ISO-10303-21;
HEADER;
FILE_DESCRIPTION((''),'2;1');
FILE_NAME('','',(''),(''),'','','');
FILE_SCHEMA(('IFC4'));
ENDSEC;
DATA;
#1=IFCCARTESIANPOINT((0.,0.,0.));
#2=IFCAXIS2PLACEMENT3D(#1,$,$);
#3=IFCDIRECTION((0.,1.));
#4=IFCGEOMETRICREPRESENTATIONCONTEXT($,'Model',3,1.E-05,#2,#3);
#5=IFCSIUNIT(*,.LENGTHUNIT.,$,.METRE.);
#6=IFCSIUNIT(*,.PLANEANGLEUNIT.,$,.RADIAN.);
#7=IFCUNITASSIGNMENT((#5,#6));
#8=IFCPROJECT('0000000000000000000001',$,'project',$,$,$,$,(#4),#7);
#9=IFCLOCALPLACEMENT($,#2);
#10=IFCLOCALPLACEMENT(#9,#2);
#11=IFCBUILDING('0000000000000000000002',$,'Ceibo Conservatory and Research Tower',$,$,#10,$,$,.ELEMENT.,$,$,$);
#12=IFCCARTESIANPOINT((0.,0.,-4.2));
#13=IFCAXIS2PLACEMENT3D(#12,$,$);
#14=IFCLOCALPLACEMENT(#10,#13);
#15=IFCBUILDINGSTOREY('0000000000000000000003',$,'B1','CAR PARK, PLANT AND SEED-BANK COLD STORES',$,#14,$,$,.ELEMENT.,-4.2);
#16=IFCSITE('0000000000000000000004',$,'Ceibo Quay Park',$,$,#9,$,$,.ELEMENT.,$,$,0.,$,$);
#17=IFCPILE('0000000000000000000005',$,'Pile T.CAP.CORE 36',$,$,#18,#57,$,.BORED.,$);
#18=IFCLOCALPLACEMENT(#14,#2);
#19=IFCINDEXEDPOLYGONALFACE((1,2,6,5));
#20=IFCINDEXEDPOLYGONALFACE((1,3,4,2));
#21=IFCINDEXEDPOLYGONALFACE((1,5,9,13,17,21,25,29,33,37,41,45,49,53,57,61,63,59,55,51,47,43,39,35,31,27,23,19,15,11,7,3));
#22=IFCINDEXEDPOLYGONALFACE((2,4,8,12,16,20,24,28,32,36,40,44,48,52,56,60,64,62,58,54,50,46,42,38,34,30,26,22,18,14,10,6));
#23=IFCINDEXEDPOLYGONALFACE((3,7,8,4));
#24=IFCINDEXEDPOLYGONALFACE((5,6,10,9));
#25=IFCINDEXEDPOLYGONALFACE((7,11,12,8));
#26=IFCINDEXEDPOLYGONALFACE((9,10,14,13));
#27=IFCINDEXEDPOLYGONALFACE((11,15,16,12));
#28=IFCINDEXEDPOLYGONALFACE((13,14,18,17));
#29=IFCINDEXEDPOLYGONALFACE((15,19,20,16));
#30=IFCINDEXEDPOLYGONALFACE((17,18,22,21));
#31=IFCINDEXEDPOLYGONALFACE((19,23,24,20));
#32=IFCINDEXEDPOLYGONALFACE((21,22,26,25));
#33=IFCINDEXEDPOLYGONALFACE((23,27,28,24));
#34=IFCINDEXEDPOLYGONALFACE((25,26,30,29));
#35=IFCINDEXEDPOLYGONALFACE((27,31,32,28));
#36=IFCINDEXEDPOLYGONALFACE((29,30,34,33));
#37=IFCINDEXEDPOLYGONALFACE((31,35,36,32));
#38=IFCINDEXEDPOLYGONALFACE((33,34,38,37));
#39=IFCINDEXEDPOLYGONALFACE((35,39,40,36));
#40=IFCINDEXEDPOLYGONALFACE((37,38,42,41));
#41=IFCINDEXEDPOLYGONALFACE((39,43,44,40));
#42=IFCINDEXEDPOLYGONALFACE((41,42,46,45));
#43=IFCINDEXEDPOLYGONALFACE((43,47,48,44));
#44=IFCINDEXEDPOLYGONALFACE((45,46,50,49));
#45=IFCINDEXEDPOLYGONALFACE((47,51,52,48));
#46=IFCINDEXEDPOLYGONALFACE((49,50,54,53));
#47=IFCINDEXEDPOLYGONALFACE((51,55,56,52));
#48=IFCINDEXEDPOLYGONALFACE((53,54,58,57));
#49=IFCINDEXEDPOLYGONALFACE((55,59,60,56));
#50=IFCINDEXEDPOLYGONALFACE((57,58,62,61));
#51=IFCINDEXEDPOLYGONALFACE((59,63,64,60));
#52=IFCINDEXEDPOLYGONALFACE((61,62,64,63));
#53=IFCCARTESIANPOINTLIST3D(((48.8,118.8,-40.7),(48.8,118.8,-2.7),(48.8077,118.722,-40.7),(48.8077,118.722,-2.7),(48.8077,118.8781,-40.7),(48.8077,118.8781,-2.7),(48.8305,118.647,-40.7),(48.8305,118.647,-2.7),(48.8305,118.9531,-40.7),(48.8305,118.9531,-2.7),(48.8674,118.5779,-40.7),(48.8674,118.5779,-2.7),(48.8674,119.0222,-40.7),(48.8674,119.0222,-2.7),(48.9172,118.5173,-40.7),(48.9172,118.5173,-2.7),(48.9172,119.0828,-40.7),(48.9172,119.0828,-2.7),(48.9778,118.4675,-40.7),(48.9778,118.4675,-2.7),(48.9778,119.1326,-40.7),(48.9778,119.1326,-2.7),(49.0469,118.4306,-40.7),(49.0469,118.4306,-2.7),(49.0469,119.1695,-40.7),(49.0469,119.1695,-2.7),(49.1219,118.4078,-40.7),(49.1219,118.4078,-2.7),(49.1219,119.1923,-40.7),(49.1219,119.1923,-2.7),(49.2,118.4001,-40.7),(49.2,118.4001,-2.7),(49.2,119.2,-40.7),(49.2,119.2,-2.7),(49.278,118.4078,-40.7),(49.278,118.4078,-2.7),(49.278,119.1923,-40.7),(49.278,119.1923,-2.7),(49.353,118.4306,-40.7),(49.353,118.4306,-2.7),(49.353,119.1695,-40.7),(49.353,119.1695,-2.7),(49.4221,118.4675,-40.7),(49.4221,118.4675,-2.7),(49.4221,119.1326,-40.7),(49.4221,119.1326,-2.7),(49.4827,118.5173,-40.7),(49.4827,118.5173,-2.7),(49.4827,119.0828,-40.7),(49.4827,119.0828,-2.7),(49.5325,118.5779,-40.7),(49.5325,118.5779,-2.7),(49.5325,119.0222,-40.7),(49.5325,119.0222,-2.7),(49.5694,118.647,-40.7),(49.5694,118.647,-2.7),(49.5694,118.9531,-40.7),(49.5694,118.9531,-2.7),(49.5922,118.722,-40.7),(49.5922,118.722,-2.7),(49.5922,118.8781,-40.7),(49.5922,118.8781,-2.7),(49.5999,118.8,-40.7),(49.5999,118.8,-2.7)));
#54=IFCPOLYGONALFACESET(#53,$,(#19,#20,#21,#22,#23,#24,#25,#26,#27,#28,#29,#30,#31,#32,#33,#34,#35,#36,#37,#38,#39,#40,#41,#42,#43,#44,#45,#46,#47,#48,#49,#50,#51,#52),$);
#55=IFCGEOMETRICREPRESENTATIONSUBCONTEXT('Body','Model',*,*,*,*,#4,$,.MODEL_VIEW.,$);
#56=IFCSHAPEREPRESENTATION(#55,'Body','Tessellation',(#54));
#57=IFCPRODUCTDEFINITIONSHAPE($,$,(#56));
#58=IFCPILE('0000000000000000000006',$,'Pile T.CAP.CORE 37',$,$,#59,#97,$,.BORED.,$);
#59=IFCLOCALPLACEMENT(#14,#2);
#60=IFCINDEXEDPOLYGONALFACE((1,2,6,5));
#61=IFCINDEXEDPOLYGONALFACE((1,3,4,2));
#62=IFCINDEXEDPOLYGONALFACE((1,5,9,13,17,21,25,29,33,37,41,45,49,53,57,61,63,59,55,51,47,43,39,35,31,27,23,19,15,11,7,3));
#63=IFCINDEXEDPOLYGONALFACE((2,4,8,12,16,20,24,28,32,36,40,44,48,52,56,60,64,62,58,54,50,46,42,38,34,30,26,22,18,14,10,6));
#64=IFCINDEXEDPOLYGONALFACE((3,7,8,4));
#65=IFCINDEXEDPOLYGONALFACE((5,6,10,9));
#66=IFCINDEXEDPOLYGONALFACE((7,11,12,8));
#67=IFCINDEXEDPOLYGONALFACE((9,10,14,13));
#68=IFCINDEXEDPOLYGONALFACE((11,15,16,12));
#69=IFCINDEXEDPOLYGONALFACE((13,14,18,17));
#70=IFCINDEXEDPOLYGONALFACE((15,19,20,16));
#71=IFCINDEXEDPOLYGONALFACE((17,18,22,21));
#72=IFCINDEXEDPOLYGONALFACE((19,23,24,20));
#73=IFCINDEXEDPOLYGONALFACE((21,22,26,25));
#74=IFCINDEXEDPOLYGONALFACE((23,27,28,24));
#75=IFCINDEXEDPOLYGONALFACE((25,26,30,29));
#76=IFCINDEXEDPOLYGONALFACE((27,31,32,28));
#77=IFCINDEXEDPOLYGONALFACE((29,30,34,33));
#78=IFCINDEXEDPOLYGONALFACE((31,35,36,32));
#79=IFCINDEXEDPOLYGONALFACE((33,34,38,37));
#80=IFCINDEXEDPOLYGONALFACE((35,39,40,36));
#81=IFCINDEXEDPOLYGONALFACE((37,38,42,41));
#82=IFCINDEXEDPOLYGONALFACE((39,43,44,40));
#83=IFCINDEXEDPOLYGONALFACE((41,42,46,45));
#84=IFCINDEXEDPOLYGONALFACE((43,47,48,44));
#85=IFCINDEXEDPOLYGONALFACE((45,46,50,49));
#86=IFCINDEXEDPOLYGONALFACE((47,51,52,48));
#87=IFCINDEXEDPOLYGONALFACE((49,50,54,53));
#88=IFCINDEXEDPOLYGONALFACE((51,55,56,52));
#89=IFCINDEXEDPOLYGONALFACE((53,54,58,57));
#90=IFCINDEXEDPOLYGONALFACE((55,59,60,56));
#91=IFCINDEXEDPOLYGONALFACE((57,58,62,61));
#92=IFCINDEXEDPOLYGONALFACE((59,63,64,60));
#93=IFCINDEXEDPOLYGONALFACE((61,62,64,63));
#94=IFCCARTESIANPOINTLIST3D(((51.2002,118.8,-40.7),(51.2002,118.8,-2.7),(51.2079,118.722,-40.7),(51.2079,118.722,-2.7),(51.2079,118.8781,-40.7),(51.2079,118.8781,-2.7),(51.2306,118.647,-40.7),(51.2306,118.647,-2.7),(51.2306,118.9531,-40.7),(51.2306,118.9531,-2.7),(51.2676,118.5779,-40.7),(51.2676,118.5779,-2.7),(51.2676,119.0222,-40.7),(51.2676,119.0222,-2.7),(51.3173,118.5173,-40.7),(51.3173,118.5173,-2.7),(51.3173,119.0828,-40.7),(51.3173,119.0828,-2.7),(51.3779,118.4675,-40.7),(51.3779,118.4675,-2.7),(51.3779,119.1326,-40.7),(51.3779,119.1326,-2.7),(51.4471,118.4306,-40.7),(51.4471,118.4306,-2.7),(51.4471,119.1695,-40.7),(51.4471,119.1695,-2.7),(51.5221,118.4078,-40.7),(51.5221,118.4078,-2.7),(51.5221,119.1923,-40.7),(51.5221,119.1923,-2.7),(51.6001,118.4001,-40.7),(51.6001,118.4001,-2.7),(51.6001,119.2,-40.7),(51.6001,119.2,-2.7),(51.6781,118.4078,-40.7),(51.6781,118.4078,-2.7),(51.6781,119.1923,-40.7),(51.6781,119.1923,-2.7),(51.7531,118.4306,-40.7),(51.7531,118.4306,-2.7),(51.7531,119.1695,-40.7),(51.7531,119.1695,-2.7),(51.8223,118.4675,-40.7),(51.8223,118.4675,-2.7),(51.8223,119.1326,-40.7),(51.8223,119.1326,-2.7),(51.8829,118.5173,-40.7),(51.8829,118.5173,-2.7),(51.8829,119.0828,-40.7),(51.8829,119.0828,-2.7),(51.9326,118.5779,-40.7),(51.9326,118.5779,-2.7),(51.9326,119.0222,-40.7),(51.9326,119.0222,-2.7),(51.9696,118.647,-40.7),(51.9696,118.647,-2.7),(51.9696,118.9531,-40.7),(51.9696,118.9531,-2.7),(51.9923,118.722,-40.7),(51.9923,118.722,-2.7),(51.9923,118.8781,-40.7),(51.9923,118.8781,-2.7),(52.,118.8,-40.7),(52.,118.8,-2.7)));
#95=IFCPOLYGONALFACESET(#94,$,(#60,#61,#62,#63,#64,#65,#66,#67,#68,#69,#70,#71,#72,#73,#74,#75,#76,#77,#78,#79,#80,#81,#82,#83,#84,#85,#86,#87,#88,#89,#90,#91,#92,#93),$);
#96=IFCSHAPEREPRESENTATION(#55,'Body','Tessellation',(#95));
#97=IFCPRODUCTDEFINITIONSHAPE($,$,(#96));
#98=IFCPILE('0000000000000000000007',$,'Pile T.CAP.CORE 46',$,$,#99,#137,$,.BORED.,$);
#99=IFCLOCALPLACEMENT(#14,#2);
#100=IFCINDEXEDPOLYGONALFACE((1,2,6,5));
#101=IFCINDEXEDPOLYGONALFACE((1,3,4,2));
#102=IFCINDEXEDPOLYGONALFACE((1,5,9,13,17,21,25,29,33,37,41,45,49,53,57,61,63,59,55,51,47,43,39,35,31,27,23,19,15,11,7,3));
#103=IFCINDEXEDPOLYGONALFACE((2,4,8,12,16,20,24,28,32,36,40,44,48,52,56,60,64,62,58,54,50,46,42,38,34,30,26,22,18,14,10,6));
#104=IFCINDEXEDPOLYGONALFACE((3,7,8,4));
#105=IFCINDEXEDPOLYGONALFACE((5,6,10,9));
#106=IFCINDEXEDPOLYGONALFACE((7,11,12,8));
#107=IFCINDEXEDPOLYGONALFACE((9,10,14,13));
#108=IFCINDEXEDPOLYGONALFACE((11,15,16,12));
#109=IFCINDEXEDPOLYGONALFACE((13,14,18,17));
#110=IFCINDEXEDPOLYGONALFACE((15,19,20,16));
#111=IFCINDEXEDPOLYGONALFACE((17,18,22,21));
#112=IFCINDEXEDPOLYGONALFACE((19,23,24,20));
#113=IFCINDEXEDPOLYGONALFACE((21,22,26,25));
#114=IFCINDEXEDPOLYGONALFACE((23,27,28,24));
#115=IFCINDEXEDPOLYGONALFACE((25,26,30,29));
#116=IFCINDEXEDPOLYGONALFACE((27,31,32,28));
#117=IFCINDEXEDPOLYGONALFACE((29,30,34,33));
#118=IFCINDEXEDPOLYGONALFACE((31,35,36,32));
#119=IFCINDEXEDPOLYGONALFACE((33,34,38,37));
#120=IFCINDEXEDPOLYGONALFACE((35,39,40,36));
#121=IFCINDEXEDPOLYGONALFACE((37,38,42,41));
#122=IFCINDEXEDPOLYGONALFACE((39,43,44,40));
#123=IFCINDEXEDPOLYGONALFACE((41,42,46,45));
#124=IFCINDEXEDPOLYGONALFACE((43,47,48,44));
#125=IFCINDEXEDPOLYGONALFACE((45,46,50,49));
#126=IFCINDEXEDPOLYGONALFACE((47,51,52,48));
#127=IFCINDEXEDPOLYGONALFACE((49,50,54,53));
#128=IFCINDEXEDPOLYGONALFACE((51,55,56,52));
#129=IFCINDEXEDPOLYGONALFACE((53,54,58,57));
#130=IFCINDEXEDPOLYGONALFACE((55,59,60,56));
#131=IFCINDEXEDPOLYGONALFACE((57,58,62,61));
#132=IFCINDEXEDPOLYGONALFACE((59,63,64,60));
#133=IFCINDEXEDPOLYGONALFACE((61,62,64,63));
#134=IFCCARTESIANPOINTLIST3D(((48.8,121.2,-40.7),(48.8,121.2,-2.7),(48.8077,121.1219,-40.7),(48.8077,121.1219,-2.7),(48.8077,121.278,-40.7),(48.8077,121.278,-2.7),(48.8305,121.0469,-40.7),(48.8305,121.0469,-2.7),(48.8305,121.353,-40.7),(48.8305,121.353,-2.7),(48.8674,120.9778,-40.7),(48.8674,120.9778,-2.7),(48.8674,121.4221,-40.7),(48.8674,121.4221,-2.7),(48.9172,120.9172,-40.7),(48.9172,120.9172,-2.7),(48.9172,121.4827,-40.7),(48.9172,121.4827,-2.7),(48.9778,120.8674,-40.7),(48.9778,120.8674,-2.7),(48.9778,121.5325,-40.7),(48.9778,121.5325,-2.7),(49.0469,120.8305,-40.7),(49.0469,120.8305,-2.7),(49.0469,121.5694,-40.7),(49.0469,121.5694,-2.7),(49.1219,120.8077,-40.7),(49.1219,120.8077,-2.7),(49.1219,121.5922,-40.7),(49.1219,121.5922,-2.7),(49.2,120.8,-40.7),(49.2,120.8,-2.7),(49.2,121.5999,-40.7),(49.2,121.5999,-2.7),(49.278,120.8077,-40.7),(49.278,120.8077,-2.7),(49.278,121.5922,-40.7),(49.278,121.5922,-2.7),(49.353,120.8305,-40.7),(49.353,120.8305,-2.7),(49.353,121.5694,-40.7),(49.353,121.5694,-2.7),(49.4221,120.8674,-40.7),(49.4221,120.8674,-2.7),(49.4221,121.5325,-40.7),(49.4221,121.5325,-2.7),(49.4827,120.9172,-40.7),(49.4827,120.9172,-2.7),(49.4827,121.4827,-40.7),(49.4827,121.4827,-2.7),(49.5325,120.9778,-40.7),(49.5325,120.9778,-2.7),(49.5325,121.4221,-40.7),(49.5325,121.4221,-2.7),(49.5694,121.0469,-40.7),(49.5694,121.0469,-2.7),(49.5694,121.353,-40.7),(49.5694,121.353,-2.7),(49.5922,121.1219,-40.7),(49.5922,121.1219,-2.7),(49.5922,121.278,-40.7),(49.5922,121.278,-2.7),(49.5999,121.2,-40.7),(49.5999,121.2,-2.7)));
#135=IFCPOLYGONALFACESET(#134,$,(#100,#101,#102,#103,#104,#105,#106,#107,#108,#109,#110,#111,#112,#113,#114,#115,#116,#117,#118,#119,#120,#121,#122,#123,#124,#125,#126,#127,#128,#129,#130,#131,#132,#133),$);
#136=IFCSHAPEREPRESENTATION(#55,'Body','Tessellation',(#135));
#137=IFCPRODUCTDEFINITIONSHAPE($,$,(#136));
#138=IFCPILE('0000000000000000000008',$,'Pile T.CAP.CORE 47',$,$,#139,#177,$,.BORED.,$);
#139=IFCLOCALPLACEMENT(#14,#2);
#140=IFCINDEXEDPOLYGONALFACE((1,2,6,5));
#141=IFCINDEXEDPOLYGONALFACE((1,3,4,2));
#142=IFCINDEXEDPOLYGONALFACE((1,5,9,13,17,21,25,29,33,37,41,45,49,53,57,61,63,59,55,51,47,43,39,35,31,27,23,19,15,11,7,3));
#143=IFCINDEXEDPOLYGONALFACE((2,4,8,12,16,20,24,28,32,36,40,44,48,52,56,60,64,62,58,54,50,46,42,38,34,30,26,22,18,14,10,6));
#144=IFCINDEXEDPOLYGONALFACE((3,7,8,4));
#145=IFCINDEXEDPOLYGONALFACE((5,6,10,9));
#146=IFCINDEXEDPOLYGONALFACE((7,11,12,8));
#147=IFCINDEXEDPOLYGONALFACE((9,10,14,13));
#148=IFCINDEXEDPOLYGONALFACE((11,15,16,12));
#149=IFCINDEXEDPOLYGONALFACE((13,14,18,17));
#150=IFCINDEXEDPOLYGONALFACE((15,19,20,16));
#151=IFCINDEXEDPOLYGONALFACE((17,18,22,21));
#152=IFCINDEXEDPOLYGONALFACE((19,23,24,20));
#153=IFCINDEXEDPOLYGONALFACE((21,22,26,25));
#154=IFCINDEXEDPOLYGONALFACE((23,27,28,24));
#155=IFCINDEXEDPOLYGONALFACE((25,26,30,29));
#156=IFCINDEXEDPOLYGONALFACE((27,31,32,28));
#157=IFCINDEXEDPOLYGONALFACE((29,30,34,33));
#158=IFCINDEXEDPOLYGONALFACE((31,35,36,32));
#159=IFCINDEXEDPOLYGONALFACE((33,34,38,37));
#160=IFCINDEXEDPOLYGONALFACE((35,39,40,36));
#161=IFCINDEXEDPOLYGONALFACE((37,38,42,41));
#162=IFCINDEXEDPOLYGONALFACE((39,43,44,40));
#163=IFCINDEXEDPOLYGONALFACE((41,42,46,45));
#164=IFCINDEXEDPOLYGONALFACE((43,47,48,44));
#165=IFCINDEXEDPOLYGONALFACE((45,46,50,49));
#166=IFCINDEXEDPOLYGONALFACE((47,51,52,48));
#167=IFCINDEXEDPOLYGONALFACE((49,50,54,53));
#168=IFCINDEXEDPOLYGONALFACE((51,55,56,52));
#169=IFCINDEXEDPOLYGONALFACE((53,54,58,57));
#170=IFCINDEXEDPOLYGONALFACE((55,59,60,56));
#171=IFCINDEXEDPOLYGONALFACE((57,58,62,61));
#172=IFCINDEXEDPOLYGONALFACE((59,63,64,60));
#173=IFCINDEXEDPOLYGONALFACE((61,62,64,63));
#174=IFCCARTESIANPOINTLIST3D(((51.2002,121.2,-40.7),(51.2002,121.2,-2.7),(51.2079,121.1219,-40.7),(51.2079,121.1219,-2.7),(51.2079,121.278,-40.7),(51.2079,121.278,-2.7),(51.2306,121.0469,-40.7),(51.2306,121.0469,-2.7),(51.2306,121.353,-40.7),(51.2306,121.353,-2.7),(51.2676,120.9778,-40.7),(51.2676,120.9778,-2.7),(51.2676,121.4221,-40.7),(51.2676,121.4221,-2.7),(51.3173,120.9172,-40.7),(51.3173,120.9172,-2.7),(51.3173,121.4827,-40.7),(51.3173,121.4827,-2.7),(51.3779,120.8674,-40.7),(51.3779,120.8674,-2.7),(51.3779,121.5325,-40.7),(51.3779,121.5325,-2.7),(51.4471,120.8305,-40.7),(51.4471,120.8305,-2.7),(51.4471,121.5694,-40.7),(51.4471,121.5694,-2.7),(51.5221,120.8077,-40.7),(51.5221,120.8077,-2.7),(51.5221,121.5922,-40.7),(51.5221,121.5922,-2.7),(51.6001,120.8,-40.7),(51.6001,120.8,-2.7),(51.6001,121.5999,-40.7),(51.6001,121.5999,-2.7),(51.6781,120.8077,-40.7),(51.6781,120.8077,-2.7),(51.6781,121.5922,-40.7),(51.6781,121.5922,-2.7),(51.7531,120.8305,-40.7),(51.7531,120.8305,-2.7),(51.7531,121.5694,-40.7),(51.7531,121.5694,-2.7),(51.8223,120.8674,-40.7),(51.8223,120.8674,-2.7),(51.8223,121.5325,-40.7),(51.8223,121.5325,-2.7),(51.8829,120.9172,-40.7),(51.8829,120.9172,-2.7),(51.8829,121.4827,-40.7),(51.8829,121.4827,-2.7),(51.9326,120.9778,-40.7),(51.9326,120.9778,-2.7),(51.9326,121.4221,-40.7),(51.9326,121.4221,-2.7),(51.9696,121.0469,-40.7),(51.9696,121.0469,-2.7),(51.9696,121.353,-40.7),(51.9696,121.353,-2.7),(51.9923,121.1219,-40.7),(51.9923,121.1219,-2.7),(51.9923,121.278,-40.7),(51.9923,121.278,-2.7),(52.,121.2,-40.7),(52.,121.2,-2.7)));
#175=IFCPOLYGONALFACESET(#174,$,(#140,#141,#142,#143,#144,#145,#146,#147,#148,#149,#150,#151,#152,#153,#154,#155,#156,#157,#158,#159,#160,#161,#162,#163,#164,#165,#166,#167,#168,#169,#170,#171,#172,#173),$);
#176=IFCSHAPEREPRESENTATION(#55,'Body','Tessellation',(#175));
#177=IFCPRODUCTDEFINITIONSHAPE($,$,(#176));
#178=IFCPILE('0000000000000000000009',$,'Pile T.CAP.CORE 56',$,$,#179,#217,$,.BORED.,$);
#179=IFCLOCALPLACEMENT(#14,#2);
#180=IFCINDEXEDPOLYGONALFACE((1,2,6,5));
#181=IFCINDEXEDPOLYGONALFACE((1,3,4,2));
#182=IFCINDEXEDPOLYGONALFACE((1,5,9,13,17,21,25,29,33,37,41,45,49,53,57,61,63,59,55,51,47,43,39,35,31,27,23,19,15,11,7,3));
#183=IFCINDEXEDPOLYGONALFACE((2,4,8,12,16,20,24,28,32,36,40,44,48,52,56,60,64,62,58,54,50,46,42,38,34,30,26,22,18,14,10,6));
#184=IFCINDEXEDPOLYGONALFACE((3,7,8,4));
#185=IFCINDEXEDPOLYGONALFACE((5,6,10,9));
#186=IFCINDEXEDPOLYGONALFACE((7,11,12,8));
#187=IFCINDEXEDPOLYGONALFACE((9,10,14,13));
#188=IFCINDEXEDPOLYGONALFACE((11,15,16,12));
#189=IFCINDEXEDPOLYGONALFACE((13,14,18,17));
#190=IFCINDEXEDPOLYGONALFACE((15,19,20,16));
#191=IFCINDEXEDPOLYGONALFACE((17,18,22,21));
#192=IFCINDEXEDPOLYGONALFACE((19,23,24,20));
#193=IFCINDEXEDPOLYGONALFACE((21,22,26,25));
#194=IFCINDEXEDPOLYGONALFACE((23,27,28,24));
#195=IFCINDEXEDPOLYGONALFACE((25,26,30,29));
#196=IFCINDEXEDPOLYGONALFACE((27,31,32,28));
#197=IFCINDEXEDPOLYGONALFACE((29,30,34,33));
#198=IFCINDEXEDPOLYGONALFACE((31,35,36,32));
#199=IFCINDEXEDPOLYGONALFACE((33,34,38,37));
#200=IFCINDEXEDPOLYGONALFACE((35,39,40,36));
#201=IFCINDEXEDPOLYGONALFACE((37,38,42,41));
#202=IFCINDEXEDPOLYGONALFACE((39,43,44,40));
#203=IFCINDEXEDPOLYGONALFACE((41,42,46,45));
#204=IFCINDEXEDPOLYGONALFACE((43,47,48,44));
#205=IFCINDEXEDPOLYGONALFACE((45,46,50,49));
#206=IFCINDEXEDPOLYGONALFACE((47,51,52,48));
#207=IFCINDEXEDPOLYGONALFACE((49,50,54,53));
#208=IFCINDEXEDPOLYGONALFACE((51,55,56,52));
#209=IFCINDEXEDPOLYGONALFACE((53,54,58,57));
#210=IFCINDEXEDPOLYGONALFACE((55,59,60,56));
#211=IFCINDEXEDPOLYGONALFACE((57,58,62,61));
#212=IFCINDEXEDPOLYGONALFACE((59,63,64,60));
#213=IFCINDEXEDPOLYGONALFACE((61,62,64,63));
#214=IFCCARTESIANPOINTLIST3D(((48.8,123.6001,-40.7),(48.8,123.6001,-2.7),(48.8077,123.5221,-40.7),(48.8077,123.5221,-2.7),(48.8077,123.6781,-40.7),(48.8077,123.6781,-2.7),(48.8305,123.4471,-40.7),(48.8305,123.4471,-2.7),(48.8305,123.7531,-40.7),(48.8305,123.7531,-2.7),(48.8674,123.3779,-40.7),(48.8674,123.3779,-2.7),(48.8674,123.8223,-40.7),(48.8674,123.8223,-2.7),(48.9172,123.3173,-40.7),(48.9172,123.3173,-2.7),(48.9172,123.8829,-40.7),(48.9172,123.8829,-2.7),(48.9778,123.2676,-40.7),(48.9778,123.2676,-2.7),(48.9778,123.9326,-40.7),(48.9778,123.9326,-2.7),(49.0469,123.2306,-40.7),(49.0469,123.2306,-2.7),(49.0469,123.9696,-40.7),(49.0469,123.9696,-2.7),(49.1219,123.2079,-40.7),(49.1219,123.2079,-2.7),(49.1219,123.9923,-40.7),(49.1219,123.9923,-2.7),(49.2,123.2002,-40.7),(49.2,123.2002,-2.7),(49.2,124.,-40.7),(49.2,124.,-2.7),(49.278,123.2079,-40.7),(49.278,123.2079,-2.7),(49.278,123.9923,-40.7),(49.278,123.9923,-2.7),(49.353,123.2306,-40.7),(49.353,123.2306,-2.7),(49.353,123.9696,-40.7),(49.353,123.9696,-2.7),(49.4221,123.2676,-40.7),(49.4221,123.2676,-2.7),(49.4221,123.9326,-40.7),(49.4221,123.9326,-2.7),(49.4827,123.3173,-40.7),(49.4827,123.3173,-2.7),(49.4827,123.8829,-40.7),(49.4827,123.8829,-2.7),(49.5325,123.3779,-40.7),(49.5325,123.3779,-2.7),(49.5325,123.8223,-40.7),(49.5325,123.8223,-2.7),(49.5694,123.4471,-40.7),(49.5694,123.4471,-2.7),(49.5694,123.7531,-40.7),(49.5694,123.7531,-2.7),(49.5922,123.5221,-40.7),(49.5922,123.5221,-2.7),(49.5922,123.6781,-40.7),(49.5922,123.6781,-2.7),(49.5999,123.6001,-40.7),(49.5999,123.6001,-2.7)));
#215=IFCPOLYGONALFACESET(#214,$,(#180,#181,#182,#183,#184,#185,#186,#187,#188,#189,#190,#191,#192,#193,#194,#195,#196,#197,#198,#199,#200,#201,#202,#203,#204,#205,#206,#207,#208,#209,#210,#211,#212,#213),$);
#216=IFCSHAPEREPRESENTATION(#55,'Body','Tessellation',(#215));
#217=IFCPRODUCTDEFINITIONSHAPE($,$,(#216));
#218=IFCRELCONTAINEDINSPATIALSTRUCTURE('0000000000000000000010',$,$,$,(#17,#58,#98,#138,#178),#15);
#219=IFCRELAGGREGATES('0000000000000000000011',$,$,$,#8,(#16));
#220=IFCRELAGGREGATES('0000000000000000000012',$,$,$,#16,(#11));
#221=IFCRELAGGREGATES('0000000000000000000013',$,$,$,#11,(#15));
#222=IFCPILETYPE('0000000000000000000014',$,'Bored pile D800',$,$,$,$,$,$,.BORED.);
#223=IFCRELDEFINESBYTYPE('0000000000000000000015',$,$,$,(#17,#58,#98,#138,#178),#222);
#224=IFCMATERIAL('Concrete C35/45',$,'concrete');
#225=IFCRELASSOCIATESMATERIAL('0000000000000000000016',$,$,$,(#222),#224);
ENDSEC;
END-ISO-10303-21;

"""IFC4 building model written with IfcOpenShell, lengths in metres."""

from ifc_helpers import new_model, si_unit, direction, frame, origin, origin_2d, place, context, subcontext, project, spatial, circle, extrude, material, material_profile, profile_set, type_object, element, save


model = new_model("IFC4")

# Units and contexts
model_context = context("Model", 3, precision=1e-05, world=origin(), true_north=direction((0.0, 1.0)))
body_context = subcontext(model_context, "Body", "Model", "MODEL_VIEW")
ifc_project = project(units=[si_unit("LENGTHUNIT", "METRE"), si_unit("PLANEANGLEUNIT", "RADIAN")], contexts=[model_context])

# Site, building, storey
site_placement = place(None, origin())
site = spatial("IfcSite", under=ifc_project, at=site_placement, Name="Ceibo Quay Park", CompositionType="ELEMENT", RefElevation=0.0)
building_placement = place(site_placement, origin())
building = spatial("IfcBuilding", under=site, at=building_placement, Name="Ceibo Conservatory and Research Tower", CompositionType="ELEMENT")
storey_placement = place(building_placement, frame((0.0, 0.0, -4.2)))
storey = spatial("IfcBuildingStorey", under=building, at=storey_placement, Name="B1", Description="CAR PARK, PLANT AND SEED-BANK COLD STORES", CompositionType="ELEMENT", Elevation=-4.2)

# Piles
ifc_material_1 = material(Name="Concrete C35/45", Category="concrete")
ifc_material_profile = material_profile(ifc_material_1, circle(Radius=0.3999, at=origin_2d()), Name="RC D800")
ifc_profile_set = profile_set([ifc_material_profile], Name="Concrete C35/45")
pile_type = type_object("IfcPileType", Name="Bored pile D800", PredefinedType="BORED", material=ifc_profile_set)
for number, where, z_axis, x_axis, name in (
    (1, (49.2, 118.8, -2.7), (0.0, 0.0, -1.0), (1.0, 0.0, 0.0), "Pile T.CAP.CORE 36"),
    (2, (51.6001, 118.8, -2.7), (0.0, 0.0, -1.0), (1.0, 0.0, 0.0), "Pile T.CAP.CORE 37"),
    (3, (49.2, 121.2, -2.7), (0.0, 0.0, -1.0), (1.0, 0.0, 0.0), "Pile T.CAP.CORE 46"),
    (4, (51.6001, 121.2, -2.7), (0.0, 0.0, -1.0), (1.0, 0.0, 0.0), "Pile T.CAP.CORE 47"),
    (5, (49.2, 123.6001, -2.7), (0.0, 0.0, -1.0), (1.0, 0.0, 0.0), "Pile T.CAP.CORE 56"),
):
    element("IfcPile", number, at=place(storey_placement, frame(where, z_axis=z_axis, x_axis=x_axis)), inside=storey, type_object=pile_type, Name=name, PredefinedType="BORED", context=body_context, shape_type="SweptSolid", body=[
        extrude(circle(Radius=0.3999, at=origin_2d()), origin(), (0.0, 0.0, 1.0), 38.0),
    ])

save(model, "model.ifc")
